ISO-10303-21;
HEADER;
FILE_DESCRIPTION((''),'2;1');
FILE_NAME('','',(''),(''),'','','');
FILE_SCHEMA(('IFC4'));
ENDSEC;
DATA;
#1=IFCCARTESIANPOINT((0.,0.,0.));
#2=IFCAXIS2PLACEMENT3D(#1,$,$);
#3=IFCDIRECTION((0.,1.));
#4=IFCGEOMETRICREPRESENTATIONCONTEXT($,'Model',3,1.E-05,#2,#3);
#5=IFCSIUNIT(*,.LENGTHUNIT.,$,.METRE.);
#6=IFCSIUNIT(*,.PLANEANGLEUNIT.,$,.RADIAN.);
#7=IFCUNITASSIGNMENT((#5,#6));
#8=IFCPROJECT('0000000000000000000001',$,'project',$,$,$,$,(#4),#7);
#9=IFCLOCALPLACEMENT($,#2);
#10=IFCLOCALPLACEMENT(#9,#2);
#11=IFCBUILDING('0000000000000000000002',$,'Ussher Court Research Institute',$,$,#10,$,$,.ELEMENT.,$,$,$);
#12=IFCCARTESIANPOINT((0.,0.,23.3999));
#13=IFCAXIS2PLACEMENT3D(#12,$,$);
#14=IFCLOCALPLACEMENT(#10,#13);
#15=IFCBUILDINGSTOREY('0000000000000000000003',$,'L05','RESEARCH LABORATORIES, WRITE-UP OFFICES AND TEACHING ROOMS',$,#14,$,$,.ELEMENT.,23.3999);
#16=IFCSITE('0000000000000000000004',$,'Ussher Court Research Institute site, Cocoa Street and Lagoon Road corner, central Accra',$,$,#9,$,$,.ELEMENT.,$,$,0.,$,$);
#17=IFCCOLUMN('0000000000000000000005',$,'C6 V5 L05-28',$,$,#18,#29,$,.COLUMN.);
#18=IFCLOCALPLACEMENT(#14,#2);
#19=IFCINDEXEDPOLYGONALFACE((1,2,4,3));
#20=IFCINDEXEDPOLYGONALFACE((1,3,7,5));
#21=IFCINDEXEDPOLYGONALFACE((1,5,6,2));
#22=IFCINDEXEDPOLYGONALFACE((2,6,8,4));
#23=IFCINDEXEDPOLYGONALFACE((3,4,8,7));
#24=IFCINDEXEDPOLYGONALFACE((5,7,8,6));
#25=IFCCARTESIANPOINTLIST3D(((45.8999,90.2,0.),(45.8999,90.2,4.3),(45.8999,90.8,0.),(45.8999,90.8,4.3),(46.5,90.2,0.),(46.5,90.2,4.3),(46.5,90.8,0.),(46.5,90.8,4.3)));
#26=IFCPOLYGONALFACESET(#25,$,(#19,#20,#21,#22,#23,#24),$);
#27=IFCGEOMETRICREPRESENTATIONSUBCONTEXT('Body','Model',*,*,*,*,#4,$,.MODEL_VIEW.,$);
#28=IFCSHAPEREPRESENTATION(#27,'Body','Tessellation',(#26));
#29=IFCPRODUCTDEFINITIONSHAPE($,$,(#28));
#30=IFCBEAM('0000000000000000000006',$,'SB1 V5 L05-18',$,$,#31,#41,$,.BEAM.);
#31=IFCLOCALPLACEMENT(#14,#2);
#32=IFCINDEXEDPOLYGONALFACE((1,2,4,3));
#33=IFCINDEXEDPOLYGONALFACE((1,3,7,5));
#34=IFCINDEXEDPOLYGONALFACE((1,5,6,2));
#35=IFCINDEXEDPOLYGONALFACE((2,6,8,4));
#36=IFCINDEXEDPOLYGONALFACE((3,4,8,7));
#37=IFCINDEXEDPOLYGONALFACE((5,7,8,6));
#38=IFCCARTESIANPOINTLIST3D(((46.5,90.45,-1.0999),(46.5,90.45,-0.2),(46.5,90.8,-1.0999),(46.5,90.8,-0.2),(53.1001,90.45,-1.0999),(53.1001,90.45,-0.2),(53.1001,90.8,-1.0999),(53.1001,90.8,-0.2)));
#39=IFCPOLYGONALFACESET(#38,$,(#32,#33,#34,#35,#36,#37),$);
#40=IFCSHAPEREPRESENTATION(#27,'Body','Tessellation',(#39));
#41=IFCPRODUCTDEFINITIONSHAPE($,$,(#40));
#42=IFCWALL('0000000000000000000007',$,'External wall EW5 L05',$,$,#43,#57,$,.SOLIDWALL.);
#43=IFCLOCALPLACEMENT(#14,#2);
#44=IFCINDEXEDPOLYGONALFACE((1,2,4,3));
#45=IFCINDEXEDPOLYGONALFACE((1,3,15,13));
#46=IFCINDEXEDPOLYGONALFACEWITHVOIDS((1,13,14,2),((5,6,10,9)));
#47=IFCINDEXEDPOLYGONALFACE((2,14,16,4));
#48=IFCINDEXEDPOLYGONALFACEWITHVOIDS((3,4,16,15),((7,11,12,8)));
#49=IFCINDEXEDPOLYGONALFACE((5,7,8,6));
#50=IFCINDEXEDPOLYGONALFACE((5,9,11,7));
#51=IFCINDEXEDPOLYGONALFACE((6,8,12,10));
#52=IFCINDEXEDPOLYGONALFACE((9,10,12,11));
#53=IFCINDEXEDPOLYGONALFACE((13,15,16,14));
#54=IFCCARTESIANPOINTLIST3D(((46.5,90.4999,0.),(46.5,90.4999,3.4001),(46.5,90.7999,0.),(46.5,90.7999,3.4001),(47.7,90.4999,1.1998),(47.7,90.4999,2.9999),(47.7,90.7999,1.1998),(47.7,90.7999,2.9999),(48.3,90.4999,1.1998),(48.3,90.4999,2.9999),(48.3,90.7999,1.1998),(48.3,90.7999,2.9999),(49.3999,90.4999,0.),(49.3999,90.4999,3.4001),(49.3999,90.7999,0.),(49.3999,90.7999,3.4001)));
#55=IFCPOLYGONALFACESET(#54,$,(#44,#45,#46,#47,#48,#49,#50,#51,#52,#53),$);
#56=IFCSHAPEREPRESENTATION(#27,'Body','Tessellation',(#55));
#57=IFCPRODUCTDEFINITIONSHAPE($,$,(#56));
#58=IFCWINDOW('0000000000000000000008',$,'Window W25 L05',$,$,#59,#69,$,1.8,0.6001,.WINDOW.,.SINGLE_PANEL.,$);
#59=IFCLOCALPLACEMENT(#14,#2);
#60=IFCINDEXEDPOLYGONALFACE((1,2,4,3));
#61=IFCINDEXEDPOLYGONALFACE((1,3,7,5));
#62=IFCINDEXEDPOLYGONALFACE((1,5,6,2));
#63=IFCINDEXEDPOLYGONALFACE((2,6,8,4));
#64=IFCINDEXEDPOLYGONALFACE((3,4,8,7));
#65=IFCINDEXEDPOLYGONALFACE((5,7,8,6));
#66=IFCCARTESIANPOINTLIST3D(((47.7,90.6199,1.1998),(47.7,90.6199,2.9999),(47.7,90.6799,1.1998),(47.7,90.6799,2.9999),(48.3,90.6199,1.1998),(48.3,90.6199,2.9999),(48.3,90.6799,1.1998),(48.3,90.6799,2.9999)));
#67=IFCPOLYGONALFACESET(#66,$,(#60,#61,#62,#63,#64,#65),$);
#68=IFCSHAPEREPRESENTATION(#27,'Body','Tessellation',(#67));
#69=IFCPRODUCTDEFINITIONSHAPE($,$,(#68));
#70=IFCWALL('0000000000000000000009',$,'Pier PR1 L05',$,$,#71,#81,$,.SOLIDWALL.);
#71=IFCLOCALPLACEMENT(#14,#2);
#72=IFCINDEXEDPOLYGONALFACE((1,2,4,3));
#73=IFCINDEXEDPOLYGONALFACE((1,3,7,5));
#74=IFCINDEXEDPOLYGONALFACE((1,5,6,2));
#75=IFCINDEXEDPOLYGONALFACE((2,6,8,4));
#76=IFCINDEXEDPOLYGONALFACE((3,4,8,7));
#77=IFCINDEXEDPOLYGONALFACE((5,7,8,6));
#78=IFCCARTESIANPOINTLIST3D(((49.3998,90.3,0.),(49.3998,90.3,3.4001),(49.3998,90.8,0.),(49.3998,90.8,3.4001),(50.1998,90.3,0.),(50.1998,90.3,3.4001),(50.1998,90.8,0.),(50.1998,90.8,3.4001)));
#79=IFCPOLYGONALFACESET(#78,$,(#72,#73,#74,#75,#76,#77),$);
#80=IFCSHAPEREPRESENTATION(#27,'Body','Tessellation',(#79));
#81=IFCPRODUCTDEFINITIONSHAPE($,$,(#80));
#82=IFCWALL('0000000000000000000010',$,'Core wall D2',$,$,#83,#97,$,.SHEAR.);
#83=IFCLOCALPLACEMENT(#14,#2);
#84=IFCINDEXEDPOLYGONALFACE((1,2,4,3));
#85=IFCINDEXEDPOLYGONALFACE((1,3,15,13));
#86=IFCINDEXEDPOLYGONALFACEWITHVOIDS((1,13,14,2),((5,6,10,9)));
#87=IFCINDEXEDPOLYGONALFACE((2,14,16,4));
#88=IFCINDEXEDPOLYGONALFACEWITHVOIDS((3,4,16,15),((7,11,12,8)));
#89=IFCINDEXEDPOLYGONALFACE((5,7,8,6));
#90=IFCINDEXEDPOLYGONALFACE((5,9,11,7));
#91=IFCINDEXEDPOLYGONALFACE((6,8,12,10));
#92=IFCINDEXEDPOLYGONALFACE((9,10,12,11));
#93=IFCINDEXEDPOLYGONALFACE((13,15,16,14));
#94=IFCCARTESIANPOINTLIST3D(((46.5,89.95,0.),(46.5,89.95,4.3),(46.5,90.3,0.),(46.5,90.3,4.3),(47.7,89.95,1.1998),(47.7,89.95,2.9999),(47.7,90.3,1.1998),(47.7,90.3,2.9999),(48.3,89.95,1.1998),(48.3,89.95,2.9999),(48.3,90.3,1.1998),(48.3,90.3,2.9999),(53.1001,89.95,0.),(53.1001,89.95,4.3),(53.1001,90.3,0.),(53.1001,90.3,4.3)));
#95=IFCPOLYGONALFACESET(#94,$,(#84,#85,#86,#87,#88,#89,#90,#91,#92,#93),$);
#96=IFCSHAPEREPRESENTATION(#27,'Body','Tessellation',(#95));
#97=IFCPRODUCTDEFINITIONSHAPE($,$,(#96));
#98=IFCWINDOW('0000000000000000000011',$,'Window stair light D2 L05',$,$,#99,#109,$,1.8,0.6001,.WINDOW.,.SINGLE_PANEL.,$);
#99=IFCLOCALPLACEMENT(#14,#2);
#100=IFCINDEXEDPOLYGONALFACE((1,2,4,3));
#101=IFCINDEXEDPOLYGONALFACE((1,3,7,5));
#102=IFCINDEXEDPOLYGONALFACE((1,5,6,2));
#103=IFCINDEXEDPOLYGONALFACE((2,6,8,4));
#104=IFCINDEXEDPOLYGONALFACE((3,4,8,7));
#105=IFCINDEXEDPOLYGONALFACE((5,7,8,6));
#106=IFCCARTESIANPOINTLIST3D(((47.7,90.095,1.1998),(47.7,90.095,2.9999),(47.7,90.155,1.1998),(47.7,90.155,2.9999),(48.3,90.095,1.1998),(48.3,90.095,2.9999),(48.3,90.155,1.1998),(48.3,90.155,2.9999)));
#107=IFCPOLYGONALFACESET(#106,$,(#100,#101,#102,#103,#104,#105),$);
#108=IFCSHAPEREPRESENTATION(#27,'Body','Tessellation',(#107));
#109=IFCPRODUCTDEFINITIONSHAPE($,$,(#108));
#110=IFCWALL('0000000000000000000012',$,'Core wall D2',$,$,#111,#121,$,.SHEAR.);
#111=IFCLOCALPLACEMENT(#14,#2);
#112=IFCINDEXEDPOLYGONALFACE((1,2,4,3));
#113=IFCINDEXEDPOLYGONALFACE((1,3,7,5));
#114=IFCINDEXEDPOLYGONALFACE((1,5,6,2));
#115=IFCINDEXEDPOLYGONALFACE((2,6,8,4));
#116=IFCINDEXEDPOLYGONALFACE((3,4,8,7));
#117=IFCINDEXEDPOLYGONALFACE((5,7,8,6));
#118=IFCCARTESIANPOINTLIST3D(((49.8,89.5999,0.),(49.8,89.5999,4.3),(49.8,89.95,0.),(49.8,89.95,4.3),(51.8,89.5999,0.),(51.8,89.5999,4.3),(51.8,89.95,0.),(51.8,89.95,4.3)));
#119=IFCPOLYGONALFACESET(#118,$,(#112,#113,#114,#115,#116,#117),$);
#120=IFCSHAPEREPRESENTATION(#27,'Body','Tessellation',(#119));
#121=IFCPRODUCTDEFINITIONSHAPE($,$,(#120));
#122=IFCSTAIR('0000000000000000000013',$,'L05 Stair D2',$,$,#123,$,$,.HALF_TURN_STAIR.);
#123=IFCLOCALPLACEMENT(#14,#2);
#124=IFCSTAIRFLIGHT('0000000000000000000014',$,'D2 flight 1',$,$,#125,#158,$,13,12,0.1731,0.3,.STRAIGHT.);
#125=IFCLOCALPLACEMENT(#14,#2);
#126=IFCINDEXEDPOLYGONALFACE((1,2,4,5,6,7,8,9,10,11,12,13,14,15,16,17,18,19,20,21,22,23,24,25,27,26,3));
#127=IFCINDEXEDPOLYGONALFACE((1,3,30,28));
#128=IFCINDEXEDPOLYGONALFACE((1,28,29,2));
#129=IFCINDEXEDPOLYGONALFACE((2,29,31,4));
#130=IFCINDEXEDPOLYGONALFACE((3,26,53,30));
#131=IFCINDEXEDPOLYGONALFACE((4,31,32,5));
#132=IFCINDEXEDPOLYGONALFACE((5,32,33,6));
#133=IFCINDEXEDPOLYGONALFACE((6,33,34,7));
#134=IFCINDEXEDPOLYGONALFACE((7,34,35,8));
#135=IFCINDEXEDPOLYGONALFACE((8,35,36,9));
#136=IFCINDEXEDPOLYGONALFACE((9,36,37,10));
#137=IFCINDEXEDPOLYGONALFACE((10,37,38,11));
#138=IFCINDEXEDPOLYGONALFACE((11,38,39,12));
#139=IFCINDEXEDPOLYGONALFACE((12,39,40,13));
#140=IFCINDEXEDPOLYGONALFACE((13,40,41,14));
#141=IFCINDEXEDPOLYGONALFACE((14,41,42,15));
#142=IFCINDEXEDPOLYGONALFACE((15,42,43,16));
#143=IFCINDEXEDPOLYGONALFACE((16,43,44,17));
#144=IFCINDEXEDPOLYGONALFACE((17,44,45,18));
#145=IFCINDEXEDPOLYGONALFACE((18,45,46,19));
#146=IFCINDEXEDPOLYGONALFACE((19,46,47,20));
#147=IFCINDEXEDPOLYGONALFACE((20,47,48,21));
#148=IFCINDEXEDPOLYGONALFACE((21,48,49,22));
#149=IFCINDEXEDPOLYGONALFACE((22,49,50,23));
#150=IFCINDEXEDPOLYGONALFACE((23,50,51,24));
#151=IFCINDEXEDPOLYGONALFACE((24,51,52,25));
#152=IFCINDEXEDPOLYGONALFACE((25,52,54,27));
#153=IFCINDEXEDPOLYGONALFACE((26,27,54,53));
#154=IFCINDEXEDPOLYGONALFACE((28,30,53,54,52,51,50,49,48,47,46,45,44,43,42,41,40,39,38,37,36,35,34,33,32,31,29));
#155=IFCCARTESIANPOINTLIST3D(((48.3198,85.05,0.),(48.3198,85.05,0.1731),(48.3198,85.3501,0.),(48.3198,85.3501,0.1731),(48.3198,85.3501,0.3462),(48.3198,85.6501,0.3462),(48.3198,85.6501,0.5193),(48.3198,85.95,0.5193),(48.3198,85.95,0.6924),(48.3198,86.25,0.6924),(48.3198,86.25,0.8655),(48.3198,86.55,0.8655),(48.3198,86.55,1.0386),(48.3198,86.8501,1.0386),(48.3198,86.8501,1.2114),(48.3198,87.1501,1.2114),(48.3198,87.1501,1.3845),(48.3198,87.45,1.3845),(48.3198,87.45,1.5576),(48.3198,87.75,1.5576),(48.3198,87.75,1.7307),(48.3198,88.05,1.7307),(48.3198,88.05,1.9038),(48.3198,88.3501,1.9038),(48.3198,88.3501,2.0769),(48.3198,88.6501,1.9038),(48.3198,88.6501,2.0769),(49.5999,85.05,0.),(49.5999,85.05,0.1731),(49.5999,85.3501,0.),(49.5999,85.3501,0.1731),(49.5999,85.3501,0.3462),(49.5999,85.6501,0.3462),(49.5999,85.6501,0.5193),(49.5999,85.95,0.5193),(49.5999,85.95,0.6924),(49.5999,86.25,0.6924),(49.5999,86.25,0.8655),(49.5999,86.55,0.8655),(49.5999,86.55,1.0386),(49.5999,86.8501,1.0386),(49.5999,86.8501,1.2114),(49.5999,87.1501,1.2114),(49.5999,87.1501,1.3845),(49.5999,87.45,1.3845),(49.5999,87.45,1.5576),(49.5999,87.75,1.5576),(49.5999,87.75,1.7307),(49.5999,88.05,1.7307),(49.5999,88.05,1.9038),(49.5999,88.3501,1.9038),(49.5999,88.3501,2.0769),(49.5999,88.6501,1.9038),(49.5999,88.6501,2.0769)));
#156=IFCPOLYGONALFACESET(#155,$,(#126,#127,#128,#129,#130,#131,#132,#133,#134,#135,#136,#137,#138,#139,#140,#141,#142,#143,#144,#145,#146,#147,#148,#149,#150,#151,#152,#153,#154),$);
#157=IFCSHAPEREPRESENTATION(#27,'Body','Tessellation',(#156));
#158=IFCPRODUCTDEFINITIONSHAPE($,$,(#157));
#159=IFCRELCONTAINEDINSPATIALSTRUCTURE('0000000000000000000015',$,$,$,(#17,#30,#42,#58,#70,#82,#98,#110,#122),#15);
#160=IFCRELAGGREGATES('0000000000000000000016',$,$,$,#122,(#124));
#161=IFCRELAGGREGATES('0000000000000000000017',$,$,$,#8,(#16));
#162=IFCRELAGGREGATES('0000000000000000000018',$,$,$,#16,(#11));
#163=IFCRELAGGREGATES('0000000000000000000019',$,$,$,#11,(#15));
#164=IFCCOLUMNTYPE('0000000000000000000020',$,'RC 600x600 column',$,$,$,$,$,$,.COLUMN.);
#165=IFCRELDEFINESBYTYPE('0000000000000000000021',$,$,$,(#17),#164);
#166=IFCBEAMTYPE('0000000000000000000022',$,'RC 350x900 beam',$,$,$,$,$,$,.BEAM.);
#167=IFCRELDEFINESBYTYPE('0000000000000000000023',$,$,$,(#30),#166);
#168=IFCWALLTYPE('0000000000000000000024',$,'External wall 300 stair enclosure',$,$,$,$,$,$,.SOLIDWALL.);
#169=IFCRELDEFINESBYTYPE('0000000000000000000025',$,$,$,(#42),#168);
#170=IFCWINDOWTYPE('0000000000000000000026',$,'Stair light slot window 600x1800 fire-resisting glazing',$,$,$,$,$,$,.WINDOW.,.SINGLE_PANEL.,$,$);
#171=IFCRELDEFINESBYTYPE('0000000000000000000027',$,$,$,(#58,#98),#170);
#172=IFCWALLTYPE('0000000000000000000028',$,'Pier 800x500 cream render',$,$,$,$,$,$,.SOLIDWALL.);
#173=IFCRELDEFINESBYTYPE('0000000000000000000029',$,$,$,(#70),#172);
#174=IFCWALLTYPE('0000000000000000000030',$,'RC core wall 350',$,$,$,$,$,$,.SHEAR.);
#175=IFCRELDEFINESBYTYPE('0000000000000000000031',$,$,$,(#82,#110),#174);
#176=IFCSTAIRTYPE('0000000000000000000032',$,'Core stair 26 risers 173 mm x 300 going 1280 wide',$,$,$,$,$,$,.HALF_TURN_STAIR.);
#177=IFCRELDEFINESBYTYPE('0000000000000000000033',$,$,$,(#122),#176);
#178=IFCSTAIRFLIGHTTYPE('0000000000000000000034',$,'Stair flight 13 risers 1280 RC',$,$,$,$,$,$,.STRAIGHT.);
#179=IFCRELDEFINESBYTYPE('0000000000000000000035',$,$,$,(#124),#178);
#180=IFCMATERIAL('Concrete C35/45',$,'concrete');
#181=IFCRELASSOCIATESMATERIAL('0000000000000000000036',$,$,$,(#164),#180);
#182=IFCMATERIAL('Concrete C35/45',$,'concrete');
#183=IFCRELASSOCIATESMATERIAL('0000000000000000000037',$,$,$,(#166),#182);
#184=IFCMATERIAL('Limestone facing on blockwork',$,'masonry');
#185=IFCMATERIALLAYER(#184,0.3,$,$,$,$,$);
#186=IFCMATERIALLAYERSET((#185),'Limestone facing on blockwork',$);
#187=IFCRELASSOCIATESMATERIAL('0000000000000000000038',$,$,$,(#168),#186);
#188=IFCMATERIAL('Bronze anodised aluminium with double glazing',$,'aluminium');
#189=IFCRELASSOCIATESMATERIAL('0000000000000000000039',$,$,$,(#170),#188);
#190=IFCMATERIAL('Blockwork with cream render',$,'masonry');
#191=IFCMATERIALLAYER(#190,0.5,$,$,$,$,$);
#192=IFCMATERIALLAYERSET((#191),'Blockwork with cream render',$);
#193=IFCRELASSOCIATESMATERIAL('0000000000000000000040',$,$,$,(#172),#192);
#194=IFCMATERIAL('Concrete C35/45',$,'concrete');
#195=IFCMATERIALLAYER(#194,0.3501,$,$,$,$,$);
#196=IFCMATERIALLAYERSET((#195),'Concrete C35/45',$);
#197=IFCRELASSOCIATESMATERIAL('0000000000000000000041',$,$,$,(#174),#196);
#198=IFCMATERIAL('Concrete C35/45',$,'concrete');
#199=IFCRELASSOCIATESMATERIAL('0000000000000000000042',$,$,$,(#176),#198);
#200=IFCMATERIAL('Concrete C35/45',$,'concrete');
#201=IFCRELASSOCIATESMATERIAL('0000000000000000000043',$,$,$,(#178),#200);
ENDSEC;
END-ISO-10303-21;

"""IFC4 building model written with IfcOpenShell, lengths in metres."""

from ifc_helpers import new_model, si_unit, direction, frame, frame_2d, origin, origin_2d, place, context, subcontext, project, spatial, polyline, rectangle, outline, extrude, material, layer, layer_set, material_profile, profile_set, type_object, element, fill, aggregate, save


model = new_model("IFC4")

# Units and contexts
model_context = context("Model", 3, precision=1e-05, world=origin(), true_north=direction((0.0, 1.0)))
body_context = subcontext(model_context, "Body", "Model", "MODEL_VIEW")
ifc_project = project(units=[si_unit("LENGTHUNIT", "METRE"), si_unit("PLANEANGLEUNIT", "RADIAN")], contexts=[model_context])

# Site, building, storey
site_placement = place(None, origin())
site = spatial("IfcSite", under=ifc_project, at=site_placement, Name="Ussher Court Research Institute site, Cocoa Street and Lagoon Road corner, central Accra", CompositionType="ELEMENT", RefElevation=0.0)
building_placement = place(site_placement, origin())
building = spatial("IfcBuilding", under=site, at=building_placement, Name="Ussher Court Research Institute", CompositionType="ELEMENT")
storey_placement = place(building_placement, frame((0.0, 0.0, 23.3999)))
storey = spatial("IfcBuildingStorey", under=building, at=storey_placement, Name="L05", Description="RESEARCH LABORATORIES, WRITE-UP OFFICES AND TEACHING ROOMS", CompositionType="ELEMENT", Elevation=23.3999)

# Column
ifc_material_1 = material(Name="Concrete C35/45", Category="concrete")
ifc_material_profile_1 = material_profile(ifc_material_1, rectangle(XDim=0.6001, YDim=0.6001, at=origin_2d()), Name="RC 600x600")
ifc_profile_set_1 = profile_set([ifc_material_profile_1], Name="Concrete C35/45")
column_type = type_object("IfcColumnType", Name="RC 600x600 column", PredefinedType="COLUMN", material=ifc_profile_set_1)
column_placement = place(storey_placement, frame((46.2, 90.5, 0.0), z_axis=(0.0, 0.0, 1.0), x_axis=(1.0, 0.0, 0.0)))
element("IfcColumn", 1, at=column_placement, inside=storey, type_object=column_type, Name="C6 V5 L05-28", PredefinedType="COLUMN", context=body_context, shape_type="SweptSolid", body=[
    extrude(rectangle(XDim=0.6001, YDim=0.6001, at=origin_2d()), origin(), (0.0, 0.0, 1.0), 4.3),
])

# Beam
ifc_material_2 = material(Name="Concrete C35/45", Category="concrete")
ifc_material_profile_2 = material_profile(ifc_material_2, rectangle(XDim=0.3501, YDim=0.8999, at=origin_2d()), Name="RC 350x900")
ifc_profile_set_2 = profile_set([ifc_material_profile_2], Name="Concrete C35/45")
beam_type = type_object("IfcBeamType", Name="RC 350x900 beam", PredefinedType="BEAM", material=ifc_profile_set_2)
beam_placement = place(storey_placement, frame((46.5, 90.625, -0.6499), z_axis=(1.0, 0.0, 0.0), x_axis=(0.0, 1.0, 0.0)))
element("IfcBeam", 2, at=beam_placement, inside=storey, type_object=beam_type, Name="SB1 V5 L05-18", PredefinedType="BEAM", context=body_context, shape_type="SweptSolid", body=[
    extrude(rectangle(XDim=0.3501, YDim=0.8999, at=origin_2d()), origin(), (0.0, 0.0, 1.0), 6.6001),
])

# Wall, opening, window
ifc_material_3 = material(Name="Limestone facing on blockwork", Category="masonry")
ifc_layer_1 = layer(ifc_material_3, 0.3)
ifc_layer_set_1 = layer_set([ifc_layer_1], Name="Limestone facing on blockwork")
wall_type_1 = type_object("IfcWallType", Name="External wall 300 stair enclosure", PredefinedType="SOLIDWALL", material=ifc_layer_set_1)
wall_1_placement = place(storey_placement, frame((46.5, 90.6499, 0.0), z_axis=(0.0, 0.0, 1.0), x_axis=(1.0, 0.0, 0.0)))
wall_1 = element("IfcWall", 3, at=wall_1_placement, inside=storey, type_object=wall_type_1, Name="External wall EW5 L05", PredefinedType="SOLIDWALL", context=body_context, shape_type="SweptSolid", body=[
    extrude(rectangle(XDim=2.8999, YDim=0.3, at=frame_2d((1.45, 0.0))), origin(), (0.0, 0.0, 1.0), 3.4001),
])
opening_1_placement = place(wall_1_placement, frame((1.2, 0.0, 1.2)))
opening_1 = element("IfcOpeningElement", 4, at=opening_1_placement, cuts=wall_1, PredefinedType="OPENING", context=body_context, shape_type="SweptSolid", body=[
    extrude(rectangle(XDim=0.6001, YDim=1.8, at=frame_2d((0.3, 0.8999))), frame((0.0, 0.1602, 0.0), z_axis=(0.0, -1.0, 0.0), x_axis=(1.0, 0.0, 0.0)), (0.0, 0.0, 1.0), 0.3201),
])
ifc_material_4 = material(Name="Bronze anodised aluminium with double glazing", Category="aluminium")
window_type = type_object("IfcWindowType", Name="Stair light slot window 600x1800 fire-resisting glazing", PartitioningType="SINGLE_PANEL", PredefinedType="WINDOW", material=ifc_material_4)
window_1_placement = place(opening_1_placement, origin())
window_1 = element("IfcWindow", 5, at=window_1_placement, inside=storey, type_object=window_type, Name="Window W25 L05", OverallHeight=1.8, OverallWidth=0.6001, PartitioningType="SINGLE_PANEL", PredefinedType="WINDOW", context=body_context, shape_type="SweptSolid", body=[
    extrude(rectangle(XDim=0.6001, YDim=1.8, at=frame_2d((0.3, 0.8999))), frame((0.0, 0.03, 0.0), z_axis=(0.0, -1.0, 0.0), x_axis=(1.0, 0.0, 0.0)), (0.0, 0.0, 1.0), 0.0601),
])
fill(opening_1, window_1)

# Wall
ifc_material_5 = material(Name="Blockwork with cream render", Category="masonry")
ifc_layer_2 = layer(ifc_material_5, 0.5)
ifc_layer_set_2 = layer_set([ifc_layer_2], Name="Blockwork with cream render")
wall_type_2 = type_object("IfcWallType", Name="Pier 800x500 cream render", PredefinedType="SOLIDWALL", material=ifc_layer_set_2)
wall_2_placement = place(storey_placement, frame((49.3999, 90.55, 0.0), z_axis=(0.0, 0.0, 1.0), x_axis=(1.0, 0.0, 0.0)))
element("IfcWall", 6, at=wall_2_placement, inside=storey, type_object=wall_type_2, Name="Pier PR1 L05", PredefinedType="SOLIDWALL", context=body_context, shape_type="SweptSolid", body=[
    extrude(rectangle(XDim=0.8, YDim=0.5, at=frame_2d((0.3999, 0.0))), origin(), (0.0, 0.0, 1.0), 3.4001),
])

# Wall, opening, window
ifc_material_6 = material(Name="Concrete C35/45", Category="concrete")
ifc_layer_3 = layer(ifc_material_6, 0.3501)
ifc_layer_set_3 = layer_set([ifc_layer_3], Name="Concrete C35/45")
wall_type_3 = type_object("IfcWallType", Name="RC core wall 350", PredefinedType="SHEAR", material=ifc_layer_set_3)
wall_3_placement = place(storey_placement, frame((46.5, 90.125, 0.0), z_axis=(0.0, 0.0, 1.0), x_axis=(1.0, 0.0, 0.0)))
wall_3 = element("IfcWall", 7, at=wall_3_placement, inside=storey, type_object=wall_type_3, Name="Core wall D2", PredefinedType="SHEAR", context=body_context, shape_type="SweptSolid", body=[
    extrude(rectangle(XDim=6.6001, YDim=0.3501, at=frame_2d((3.3, 0.0))), origin(), (0.0, 0.0, 1.0), 4.3),
])
opening_2_placement = place(wall_3_placement, frame((1.2, 0.0, 1.2)))
opening_2 = element("IfcOpeningElement", 8, at=opening_2_placement, cuts=wall_3, PredefinedType="OPENING", context=body_context, shape_type="SweptSolid", body=[
    extrude(rectangle(XDim=0.6001, YDim=1.8, at=frame_2d((0.3, 0.8999))), frame((0.0, 0.1851, 0.0), z_axis=(0.0, -1.0, 0.0), x_axis=(1.0, 0.0, 0.0)), (0.0, 0.0, 1.0), 0.3701),
])
window_2_placement = place(opening_2_placement, origin())
window_2 = element("IfcWindow", 9, at=window_2_placement, inside=storey, type_object=window_type, Name="Window stair light D2 L05", OverallHeight=1.8, OverallWidth=0.6001, PartitioningType="SINGLE_PANEL", PredefinedType="WINDOW", context=body_context, shape_type="SweptSolid", body=[
    extrude(rectangle(XDim=0.6001, YDim=1.8, at=frame_2d((0.3, 0.8999))), frame((0.0, 0.03, 0.0), z_axis=(0.0, -1.0, 0.0), x_axis=(1.0, 0.0, 0.0)), (0.0, 0.0, 1.0), 0.0601),
])
fill(opening_2, window_2)

# Wall
wall_4_placement = place(storey_placement, frame((49.8, 89.7749, 0.0), z_axis=(0.0, 0.0, 1.0), x_axis=(1.0, 0.0, 0.0)))
element("IfcWall", 10, at=wall_4_placement, inside=storey, type_object=wall_type_3, Name="Core wall D2", PredefinedType="SHEAR", context=body_context, shape_type="SweptSolid", body=[
    extrude(rectangle(XDim=2.0, YDim=0.3501, at=frame_2d((1.0, 0.0))), origin(), (0.0, 0.0, 1.0), 4.3),
])

# Stair, stair flight
ifc_material_7 = material(Name="Concrete C35/45", Category="concrete")
stair_type = type_object("IfcStairType", Name="Core stair 26 risers 173 mm x 300 going 1280 wide", PredefinedType="HALF_TURN_STAIR", material=ifc_material_7)
stair_placement = place(storey_placement, origin())
stair = element("IfcStair", 11, at=stair_placement, inside=storey, type_object=stair_type, Name="L05 Stair D2", PredefinedType="HALF_TURN_STAIR")
ifc_material_8 = material(Name="Concrete C35/45", Category="concrete")
stair_flight_type = type_object("IfcStairFlightType", Name="Stair flight 13 risers 1280 RC", PredefinedType="STRAIGHT", material=ifc_material_8)
stair_flight_1_placement = place(storey_placement, frame((48.96, 85.05, 0.0), z_axis=(0.0, 0.0, 1.0), x_axis=(0.0, 1.0, 0.0)))
stair_flight_1 = element("IfcStairFlight", 12, at=stair_flight_1_placement, type_object=stair_flight_type, Name="D2 flight 1", NumberOfRisers=13, NumberOfTreads=12, PredefinedType="STRAIGHT", RiserHeight=0.1731, TreadLength=0.3, context=body_context, shape_type="SweptSolid", body=[
    extrude(outline(polyline([(0.0, 0.0), (0.0, 0.1731), (0.3, 0.1731), (0.3, 0.3462), (0.6001, 0.3462), (0.6001, 0.5193), (0.8999, 0.5193), (0.8999, 0.6924), (1.2, 0.6924), (1.2, 0.8655), (1.5, 0.8655), (1.5, 1.0386), (1.8, 1.0386), (1.8, 1.2114), (2.1001, 1.2114), (2.1001, 1.3845), (2.3999, 1.3845), (2.3999, 1.5576), (2.7, 1.5576), (2.7, 1.7307), (3.0, 1.7307), (3.0, 1.9038), (3.3, 1.9038), (3.3, 2.0769), (3.6001, 2.0769), (3.6001, 2.25), (3.6001, 1.9038), (0.3, 0.0), (0.0, 0.0)])), frame((0.0, 0.6401, 0.0), z_axis=(0.0, -1.0, 0.0), x_axis=(1.0, 0.0, 0.0)), (0.0, 0.0, 1.0), 1.28),
])
aggregate(stair, [stair_flight_1])

save(model, "model.ifc")
